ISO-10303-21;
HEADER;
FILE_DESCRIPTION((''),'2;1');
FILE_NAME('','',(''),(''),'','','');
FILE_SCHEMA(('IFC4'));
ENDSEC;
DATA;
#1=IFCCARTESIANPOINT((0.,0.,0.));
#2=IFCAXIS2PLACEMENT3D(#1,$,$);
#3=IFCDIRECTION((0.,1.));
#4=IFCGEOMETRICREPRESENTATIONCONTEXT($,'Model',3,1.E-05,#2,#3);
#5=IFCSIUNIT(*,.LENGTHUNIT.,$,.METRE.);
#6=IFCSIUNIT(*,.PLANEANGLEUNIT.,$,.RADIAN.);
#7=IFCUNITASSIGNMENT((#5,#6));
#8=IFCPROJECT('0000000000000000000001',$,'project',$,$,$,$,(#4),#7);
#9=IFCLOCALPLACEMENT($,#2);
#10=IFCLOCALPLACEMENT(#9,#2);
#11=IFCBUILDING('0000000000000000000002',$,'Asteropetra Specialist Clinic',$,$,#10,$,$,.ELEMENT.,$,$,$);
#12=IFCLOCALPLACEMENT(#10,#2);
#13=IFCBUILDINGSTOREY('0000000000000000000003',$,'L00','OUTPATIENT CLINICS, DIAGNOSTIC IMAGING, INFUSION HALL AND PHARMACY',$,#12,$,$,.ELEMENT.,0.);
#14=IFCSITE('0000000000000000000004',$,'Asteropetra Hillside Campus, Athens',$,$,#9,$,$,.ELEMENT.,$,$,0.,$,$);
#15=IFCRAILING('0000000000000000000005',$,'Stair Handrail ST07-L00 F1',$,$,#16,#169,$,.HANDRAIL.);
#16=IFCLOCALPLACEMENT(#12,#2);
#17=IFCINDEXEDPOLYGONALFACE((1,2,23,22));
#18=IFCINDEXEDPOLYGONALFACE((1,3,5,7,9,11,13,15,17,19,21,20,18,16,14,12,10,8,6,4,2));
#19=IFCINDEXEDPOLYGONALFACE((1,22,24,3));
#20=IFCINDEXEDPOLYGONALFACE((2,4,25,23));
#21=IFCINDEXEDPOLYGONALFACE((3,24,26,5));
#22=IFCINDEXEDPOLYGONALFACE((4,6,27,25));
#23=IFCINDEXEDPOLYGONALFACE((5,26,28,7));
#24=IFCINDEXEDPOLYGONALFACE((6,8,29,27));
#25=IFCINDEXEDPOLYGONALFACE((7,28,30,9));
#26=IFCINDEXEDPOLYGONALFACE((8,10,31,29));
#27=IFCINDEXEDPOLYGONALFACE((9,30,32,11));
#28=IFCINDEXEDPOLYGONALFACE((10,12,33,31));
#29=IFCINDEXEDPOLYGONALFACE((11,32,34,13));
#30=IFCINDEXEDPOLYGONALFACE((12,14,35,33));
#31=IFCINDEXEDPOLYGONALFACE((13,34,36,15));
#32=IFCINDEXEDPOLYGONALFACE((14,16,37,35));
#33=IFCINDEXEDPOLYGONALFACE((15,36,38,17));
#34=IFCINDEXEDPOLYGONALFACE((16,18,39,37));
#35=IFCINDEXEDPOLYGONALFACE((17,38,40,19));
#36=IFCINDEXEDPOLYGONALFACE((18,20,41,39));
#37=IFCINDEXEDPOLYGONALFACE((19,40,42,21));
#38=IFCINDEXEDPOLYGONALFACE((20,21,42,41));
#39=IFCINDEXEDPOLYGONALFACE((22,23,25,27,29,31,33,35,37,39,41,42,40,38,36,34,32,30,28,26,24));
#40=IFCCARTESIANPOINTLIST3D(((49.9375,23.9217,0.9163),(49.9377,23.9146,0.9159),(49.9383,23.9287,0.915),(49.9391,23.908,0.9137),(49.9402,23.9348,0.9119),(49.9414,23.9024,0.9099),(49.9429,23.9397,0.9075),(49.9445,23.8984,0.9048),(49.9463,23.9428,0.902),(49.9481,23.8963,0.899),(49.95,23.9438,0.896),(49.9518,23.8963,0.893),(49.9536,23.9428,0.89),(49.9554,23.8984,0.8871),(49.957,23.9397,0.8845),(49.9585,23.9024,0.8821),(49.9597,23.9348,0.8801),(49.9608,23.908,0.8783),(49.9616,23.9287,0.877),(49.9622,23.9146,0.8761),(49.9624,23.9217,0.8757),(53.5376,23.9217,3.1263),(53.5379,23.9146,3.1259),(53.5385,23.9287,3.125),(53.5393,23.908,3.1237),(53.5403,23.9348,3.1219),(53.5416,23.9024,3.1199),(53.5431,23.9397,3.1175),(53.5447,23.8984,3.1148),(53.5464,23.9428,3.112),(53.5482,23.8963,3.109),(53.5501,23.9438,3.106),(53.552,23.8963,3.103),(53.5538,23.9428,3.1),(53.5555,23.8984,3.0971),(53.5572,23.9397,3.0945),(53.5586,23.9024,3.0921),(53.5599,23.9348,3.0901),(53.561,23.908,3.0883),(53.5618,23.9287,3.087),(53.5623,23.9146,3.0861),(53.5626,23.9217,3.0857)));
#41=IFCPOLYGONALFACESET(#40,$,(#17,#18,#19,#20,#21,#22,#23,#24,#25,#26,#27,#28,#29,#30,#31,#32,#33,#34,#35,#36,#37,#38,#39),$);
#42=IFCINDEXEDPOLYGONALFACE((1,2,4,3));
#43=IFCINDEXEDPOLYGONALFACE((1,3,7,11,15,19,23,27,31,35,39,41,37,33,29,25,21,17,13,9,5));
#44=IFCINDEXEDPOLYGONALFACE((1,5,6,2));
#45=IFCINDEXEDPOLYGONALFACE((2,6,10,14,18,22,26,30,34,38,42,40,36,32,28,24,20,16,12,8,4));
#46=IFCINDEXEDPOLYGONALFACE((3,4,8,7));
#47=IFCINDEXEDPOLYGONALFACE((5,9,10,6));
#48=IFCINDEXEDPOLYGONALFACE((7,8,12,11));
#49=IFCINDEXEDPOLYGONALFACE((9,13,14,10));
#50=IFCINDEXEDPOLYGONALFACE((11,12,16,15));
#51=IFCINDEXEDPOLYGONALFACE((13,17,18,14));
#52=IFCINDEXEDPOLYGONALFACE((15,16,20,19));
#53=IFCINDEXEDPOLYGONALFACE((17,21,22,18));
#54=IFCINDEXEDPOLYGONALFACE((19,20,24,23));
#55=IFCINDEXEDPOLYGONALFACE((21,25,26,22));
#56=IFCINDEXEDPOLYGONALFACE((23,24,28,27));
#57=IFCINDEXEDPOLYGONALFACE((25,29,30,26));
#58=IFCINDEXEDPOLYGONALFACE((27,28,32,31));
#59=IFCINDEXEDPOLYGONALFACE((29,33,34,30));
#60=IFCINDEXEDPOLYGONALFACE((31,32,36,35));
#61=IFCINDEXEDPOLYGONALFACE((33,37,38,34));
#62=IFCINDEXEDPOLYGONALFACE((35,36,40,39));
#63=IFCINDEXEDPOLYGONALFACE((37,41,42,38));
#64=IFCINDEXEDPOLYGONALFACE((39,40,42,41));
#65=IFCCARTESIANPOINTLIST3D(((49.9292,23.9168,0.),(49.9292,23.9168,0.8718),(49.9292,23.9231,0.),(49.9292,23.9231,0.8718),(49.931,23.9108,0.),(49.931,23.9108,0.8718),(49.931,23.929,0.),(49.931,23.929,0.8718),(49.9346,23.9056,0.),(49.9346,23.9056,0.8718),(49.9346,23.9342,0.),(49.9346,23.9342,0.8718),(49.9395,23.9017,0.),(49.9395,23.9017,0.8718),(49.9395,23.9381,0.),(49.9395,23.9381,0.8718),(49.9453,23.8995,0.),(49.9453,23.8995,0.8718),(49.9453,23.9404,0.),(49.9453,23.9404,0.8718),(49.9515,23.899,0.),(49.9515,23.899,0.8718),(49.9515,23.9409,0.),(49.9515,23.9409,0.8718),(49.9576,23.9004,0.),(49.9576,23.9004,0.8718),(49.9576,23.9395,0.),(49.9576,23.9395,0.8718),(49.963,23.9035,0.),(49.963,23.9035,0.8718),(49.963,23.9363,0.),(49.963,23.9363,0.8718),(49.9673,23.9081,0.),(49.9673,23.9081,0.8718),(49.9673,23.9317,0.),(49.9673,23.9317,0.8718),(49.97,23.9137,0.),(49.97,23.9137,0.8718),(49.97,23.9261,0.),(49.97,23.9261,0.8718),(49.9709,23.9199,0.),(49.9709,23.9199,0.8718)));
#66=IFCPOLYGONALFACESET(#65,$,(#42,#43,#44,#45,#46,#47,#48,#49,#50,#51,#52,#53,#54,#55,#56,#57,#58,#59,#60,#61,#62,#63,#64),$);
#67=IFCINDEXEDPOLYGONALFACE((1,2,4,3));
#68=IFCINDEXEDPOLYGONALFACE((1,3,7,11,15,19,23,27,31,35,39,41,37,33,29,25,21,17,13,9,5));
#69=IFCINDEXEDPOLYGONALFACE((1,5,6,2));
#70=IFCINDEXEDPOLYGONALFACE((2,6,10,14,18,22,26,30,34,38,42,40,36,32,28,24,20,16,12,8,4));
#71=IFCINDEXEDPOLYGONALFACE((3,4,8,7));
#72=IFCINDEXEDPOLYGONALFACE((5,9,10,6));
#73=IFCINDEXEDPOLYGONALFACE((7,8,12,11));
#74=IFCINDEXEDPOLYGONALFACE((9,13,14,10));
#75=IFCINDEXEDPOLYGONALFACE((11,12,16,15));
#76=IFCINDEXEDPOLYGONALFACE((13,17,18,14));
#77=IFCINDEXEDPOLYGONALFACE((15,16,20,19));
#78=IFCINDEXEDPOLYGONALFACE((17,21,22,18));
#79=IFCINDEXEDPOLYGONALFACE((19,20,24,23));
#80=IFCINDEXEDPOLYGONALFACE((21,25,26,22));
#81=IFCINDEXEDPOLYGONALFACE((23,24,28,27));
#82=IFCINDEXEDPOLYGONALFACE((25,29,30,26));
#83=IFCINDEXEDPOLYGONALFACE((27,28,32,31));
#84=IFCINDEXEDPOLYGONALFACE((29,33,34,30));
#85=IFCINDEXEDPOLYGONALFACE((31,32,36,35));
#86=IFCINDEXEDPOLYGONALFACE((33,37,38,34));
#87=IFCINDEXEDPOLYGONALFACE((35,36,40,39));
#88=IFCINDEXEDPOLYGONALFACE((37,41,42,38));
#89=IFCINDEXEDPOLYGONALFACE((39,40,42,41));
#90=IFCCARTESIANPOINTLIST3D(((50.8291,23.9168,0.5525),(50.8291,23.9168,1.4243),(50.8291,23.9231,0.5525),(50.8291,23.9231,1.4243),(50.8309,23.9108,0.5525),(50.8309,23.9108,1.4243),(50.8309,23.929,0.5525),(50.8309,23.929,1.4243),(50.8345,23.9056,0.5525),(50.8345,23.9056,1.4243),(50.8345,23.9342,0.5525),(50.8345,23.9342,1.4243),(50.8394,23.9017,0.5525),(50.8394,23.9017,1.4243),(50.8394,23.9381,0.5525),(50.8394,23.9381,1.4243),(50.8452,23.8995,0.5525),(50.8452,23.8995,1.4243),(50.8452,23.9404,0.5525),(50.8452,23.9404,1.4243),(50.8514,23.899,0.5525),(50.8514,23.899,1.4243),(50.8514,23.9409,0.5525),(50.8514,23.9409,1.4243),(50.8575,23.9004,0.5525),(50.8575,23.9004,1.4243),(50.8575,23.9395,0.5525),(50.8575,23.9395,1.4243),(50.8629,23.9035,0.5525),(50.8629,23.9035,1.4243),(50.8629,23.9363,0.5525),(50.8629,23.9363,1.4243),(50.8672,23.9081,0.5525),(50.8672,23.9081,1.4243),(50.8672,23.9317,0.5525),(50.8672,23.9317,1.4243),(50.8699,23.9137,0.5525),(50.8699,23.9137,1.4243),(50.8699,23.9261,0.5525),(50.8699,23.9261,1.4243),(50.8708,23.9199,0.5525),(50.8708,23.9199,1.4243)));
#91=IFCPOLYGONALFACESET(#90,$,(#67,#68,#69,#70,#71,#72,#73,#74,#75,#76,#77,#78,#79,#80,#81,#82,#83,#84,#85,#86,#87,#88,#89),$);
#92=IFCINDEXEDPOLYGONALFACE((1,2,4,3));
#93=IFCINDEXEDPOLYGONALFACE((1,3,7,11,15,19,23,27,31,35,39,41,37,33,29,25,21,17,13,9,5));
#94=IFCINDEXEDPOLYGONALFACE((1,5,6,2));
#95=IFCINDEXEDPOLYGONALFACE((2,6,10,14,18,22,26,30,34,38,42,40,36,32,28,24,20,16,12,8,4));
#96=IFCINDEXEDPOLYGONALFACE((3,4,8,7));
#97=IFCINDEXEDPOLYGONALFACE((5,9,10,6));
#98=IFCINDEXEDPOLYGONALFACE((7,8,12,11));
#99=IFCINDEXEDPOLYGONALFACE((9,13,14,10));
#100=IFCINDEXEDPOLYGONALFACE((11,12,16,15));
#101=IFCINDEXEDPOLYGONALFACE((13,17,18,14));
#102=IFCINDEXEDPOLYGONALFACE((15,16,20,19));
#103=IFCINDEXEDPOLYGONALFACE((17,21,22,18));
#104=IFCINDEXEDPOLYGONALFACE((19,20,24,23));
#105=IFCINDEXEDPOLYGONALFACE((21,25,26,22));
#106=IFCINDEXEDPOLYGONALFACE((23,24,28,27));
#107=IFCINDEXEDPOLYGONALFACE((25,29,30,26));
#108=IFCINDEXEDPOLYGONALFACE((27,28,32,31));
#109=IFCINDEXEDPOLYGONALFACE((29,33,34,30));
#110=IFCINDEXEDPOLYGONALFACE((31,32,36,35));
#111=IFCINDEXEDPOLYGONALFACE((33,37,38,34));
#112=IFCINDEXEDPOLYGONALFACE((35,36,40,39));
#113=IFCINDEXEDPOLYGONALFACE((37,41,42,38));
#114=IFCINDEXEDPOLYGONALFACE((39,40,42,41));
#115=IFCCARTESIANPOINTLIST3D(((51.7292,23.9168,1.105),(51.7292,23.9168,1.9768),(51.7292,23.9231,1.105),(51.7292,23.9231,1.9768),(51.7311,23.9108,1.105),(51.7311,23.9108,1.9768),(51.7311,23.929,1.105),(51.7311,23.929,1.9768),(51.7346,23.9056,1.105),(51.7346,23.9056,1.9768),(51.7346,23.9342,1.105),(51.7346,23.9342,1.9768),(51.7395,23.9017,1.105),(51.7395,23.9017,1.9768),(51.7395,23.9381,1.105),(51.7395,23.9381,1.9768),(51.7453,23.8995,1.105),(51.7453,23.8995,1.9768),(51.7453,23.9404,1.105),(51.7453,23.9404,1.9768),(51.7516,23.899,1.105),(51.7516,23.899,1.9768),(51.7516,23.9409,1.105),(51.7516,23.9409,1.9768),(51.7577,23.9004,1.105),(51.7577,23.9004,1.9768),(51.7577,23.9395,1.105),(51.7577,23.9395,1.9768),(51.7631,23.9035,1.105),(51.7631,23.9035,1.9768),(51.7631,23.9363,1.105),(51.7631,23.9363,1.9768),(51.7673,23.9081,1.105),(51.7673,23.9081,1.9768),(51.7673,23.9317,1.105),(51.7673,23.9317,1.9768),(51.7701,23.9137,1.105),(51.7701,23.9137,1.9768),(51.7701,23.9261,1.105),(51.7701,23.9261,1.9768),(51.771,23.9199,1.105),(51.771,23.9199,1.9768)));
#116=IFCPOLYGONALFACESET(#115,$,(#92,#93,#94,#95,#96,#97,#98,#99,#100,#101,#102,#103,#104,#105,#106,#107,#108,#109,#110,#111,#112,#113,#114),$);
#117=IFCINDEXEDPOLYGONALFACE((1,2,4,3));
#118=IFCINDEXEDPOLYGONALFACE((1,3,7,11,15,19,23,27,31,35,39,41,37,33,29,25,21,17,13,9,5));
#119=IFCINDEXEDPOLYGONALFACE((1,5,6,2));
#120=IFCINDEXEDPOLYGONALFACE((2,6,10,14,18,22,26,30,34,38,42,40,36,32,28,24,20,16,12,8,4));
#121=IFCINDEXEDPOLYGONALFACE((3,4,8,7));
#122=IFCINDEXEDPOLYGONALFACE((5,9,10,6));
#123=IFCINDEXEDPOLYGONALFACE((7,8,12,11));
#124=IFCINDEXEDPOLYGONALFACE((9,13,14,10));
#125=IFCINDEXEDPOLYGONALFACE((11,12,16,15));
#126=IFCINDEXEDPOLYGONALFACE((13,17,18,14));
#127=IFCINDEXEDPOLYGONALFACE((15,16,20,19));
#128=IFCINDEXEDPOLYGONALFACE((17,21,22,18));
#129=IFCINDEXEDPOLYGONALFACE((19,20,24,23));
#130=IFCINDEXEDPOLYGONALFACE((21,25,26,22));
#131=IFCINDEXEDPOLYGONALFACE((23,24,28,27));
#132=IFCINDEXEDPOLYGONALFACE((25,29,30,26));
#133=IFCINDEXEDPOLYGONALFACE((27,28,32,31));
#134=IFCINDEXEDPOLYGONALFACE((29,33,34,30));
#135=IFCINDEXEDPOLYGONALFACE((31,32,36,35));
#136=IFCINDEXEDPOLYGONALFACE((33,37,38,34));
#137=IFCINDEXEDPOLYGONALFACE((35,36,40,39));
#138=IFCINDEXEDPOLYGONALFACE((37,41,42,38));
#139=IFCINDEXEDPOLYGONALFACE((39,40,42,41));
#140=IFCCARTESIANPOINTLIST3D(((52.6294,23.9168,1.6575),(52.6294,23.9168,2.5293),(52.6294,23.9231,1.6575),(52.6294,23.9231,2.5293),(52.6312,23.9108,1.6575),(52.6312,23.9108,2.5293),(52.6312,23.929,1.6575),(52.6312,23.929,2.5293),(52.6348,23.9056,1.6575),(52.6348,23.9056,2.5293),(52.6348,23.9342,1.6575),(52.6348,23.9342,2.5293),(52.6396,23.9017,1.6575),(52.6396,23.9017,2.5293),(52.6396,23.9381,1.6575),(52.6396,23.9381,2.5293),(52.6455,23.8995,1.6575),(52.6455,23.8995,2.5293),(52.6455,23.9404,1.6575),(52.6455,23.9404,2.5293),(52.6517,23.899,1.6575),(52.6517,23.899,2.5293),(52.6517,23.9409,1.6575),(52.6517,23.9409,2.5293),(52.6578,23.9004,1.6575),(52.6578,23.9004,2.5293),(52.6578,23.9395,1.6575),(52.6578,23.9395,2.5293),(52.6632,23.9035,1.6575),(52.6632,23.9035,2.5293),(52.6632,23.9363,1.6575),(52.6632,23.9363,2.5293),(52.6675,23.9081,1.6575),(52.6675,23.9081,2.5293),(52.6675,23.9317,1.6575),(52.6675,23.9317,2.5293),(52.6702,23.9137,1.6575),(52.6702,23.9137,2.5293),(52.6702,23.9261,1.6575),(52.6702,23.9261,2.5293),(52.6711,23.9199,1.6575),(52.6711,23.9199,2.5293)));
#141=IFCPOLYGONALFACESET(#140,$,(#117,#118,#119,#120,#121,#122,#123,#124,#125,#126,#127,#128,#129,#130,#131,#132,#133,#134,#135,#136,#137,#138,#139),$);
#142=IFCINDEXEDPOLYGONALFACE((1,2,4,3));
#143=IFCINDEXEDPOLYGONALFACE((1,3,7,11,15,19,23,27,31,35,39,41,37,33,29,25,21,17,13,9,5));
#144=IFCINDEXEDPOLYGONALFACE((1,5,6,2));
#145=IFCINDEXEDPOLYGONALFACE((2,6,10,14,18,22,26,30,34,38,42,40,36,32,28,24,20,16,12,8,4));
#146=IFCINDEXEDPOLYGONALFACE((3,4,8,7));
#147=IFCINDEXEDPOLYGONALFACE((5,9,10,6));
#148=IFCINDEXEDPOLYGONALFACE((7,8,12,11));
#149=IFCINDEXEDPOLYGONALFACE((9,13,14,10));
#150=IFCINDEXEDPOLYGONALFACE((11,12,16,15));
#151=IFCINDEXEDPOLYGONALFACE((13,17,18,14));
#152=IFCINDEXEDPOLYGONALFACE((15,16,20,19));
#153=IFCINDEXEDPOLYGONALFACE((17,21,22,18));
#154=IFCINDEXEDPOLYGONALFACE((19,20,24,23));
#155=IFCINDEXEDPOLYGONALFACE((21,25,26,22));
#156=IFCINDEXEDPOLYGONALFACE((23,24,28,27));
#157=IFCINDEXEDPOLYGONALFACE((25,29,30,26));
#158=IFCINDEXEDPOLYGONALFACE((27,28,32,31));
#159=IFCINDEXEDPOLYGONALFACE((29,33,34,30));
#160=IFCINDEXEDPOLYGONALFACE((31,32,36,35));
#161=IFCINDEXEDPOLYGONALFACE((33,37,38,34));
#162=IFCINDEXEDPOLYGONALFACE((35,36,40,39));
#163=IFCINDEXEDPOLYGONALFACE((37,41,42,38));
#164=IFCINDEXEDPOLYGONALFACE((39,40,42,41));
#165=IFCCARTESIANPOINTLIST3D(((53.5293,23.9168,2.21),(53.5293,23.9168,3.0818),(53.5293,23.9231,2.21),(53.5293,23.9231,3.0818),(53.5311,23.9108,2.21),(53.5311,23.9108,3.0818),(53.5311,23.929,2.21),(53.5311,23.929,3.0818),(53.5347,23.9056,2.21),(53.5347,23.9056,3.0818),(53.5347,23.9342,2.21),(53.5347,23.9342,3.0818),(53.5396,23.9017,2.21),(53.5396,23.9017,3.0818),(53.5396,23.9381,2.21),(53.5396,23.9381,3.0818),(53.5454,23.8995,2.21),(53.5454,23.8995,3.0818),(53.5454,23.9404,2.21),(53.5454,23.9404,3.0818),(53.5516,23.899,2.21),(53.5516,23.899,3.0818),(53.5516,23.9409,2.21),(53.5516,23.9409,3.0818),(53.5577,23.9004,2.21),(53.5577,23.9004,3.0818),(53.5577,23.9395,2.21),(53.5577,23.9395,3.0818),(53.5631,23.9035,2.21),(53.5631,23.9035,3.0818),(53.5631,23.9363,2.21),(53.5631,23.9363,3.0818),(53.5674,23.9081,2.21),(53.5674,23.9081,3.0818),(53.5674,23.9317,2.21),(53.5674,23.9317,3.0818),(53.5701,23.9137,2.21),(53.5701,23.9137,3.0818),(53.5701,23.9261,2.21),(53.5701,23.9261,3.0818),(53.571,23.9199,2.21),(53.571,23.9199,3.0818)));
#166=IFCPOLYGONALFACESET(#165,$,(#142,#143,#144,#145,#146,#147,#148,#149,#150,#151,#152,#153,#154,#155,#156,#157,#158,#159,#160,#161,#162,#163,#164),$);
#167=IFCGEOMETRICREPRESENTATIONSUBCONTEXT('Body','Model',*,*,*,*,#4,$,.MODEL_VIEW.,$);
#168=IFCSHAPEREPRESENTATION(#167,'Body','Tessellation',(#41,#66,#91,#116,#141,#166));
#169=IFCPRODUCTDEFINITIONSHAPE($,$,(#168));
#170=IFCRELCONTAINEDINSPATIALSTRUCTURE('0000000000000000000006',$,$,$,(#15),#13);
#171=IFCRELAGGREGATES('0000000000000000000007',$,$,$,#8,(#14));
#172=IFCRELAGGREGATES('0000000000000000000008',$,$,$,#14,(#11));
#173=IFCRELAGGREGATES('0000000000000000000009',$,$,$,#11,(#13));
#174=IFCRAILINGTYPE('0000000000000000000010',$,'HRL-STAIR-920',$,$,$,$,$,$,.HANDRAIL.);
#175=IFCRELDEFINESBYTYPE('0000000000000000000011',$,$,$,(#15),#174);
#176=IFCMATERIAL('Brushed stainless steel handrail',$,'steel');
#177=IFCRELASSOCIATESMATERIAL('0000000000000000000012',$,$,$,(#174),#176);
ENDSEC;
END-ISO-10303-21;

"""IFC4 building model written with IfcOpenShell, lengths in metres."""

from ifc_helpers import new_model, si_unit, direction, frame, origin, origin_2d, place, context, subcontext, project, spatial, circle, extrude, material, type_object, element, save


model = new_model("IFC4")

# Units and contexts
model_context = context("Model", 3, precision=1e-05, world=origin(), true_north=direction((0.0, 1.0)))
body_context = subcontext(model_context, "Body", "Model", "MODEL_VIEW")
ifc_project = project(units=[si_unit("LENGTHUNIT", "METRE"), si_unit("PLANEANGLEUNIT", "RADIAN")], contexts=[model_context])

# Site, building, storey
site_placement = place(None, origin())
site = spatial("IfcSite", under=ifc_project, at=site_placement, Name="Asteropetra Hillside Campus, Athens", CompositionType="ELEMENT", RefElevation=0.0)
building_placement = place(site_placement, origin())
building = spatial("IfcBuilding", under=site, at=building_placement, Name="Asteropetra Specialist Clinic", CompositionType="ELEMENT")
storey_placement = place(building_placement, origin())
storey = spatial("IfcBuildingStorey", under=building, at=storey_placement, Name="L00", Description="OUTPATIENT CLINICS, DIAGNOSTIC IMAGING, INFUSION HALL AND PHARMACY", CompositionType="ELEMENT", Elevation=0.0)

# Railing
ifc_material_1 = material(Name="Brushed stainless steel handrail", Category="steel")
railing_type_1 = type_object("IfcRailingType", Name="HRL-STAIR-920", PredefinedType="HANDRAIL", material=ifc_material_1)
railing_1_placement = place(storey_placement, frame((49.95, 23.9199, 0.0)))
element("IfcRailing", 1, at=railing_1_placement, inside=storey, type_object=railing_type_1, Name="Stair Handrail ST07-L00 F1", PredefinedType="HANDRAIL", context=body_context, shape_type="SweptSolid", body=[
    extrude(circle(Radius=0.0239, at=origin_2d()), frame((0.0, 0.0, 0.896), z_axis=(0.852237, 0.0, 0.523156), x_axis=(0.0, 1.0, 0.0)), (0.0, 0.0, 1.0), 4.2244),
    extrude(circle(Radius=0.021, at=origin_2d()), origin(), (0.0, 0.0, 1.0), 0.8718),
    extrude(circle(Radius=0.021, at=origin_2d()), frame((0.8999, 0.0, 0.5525)), (0.0, 0.0, 1.0), 0.8718),
    extrude(circle(Radius=0.021, at=origin_2d()), frame((1.8, 0.0, 1.105)), (0.0, 0.0, 1.0), 0.8718),
    extrude(circle(Radius=0.021, at=origin_2d()), frame((2.7002, 0.0, 1.6575)), (0.0, 0.0, 1.0), 0.8718),
    extrude(circle(Radius=0.021, at=origin_2d()), frame((3.6001, 0.0, 2.21)), (0.0, 0.0, 1.0), 0.8718),
])

save(model, "model.ifc")
